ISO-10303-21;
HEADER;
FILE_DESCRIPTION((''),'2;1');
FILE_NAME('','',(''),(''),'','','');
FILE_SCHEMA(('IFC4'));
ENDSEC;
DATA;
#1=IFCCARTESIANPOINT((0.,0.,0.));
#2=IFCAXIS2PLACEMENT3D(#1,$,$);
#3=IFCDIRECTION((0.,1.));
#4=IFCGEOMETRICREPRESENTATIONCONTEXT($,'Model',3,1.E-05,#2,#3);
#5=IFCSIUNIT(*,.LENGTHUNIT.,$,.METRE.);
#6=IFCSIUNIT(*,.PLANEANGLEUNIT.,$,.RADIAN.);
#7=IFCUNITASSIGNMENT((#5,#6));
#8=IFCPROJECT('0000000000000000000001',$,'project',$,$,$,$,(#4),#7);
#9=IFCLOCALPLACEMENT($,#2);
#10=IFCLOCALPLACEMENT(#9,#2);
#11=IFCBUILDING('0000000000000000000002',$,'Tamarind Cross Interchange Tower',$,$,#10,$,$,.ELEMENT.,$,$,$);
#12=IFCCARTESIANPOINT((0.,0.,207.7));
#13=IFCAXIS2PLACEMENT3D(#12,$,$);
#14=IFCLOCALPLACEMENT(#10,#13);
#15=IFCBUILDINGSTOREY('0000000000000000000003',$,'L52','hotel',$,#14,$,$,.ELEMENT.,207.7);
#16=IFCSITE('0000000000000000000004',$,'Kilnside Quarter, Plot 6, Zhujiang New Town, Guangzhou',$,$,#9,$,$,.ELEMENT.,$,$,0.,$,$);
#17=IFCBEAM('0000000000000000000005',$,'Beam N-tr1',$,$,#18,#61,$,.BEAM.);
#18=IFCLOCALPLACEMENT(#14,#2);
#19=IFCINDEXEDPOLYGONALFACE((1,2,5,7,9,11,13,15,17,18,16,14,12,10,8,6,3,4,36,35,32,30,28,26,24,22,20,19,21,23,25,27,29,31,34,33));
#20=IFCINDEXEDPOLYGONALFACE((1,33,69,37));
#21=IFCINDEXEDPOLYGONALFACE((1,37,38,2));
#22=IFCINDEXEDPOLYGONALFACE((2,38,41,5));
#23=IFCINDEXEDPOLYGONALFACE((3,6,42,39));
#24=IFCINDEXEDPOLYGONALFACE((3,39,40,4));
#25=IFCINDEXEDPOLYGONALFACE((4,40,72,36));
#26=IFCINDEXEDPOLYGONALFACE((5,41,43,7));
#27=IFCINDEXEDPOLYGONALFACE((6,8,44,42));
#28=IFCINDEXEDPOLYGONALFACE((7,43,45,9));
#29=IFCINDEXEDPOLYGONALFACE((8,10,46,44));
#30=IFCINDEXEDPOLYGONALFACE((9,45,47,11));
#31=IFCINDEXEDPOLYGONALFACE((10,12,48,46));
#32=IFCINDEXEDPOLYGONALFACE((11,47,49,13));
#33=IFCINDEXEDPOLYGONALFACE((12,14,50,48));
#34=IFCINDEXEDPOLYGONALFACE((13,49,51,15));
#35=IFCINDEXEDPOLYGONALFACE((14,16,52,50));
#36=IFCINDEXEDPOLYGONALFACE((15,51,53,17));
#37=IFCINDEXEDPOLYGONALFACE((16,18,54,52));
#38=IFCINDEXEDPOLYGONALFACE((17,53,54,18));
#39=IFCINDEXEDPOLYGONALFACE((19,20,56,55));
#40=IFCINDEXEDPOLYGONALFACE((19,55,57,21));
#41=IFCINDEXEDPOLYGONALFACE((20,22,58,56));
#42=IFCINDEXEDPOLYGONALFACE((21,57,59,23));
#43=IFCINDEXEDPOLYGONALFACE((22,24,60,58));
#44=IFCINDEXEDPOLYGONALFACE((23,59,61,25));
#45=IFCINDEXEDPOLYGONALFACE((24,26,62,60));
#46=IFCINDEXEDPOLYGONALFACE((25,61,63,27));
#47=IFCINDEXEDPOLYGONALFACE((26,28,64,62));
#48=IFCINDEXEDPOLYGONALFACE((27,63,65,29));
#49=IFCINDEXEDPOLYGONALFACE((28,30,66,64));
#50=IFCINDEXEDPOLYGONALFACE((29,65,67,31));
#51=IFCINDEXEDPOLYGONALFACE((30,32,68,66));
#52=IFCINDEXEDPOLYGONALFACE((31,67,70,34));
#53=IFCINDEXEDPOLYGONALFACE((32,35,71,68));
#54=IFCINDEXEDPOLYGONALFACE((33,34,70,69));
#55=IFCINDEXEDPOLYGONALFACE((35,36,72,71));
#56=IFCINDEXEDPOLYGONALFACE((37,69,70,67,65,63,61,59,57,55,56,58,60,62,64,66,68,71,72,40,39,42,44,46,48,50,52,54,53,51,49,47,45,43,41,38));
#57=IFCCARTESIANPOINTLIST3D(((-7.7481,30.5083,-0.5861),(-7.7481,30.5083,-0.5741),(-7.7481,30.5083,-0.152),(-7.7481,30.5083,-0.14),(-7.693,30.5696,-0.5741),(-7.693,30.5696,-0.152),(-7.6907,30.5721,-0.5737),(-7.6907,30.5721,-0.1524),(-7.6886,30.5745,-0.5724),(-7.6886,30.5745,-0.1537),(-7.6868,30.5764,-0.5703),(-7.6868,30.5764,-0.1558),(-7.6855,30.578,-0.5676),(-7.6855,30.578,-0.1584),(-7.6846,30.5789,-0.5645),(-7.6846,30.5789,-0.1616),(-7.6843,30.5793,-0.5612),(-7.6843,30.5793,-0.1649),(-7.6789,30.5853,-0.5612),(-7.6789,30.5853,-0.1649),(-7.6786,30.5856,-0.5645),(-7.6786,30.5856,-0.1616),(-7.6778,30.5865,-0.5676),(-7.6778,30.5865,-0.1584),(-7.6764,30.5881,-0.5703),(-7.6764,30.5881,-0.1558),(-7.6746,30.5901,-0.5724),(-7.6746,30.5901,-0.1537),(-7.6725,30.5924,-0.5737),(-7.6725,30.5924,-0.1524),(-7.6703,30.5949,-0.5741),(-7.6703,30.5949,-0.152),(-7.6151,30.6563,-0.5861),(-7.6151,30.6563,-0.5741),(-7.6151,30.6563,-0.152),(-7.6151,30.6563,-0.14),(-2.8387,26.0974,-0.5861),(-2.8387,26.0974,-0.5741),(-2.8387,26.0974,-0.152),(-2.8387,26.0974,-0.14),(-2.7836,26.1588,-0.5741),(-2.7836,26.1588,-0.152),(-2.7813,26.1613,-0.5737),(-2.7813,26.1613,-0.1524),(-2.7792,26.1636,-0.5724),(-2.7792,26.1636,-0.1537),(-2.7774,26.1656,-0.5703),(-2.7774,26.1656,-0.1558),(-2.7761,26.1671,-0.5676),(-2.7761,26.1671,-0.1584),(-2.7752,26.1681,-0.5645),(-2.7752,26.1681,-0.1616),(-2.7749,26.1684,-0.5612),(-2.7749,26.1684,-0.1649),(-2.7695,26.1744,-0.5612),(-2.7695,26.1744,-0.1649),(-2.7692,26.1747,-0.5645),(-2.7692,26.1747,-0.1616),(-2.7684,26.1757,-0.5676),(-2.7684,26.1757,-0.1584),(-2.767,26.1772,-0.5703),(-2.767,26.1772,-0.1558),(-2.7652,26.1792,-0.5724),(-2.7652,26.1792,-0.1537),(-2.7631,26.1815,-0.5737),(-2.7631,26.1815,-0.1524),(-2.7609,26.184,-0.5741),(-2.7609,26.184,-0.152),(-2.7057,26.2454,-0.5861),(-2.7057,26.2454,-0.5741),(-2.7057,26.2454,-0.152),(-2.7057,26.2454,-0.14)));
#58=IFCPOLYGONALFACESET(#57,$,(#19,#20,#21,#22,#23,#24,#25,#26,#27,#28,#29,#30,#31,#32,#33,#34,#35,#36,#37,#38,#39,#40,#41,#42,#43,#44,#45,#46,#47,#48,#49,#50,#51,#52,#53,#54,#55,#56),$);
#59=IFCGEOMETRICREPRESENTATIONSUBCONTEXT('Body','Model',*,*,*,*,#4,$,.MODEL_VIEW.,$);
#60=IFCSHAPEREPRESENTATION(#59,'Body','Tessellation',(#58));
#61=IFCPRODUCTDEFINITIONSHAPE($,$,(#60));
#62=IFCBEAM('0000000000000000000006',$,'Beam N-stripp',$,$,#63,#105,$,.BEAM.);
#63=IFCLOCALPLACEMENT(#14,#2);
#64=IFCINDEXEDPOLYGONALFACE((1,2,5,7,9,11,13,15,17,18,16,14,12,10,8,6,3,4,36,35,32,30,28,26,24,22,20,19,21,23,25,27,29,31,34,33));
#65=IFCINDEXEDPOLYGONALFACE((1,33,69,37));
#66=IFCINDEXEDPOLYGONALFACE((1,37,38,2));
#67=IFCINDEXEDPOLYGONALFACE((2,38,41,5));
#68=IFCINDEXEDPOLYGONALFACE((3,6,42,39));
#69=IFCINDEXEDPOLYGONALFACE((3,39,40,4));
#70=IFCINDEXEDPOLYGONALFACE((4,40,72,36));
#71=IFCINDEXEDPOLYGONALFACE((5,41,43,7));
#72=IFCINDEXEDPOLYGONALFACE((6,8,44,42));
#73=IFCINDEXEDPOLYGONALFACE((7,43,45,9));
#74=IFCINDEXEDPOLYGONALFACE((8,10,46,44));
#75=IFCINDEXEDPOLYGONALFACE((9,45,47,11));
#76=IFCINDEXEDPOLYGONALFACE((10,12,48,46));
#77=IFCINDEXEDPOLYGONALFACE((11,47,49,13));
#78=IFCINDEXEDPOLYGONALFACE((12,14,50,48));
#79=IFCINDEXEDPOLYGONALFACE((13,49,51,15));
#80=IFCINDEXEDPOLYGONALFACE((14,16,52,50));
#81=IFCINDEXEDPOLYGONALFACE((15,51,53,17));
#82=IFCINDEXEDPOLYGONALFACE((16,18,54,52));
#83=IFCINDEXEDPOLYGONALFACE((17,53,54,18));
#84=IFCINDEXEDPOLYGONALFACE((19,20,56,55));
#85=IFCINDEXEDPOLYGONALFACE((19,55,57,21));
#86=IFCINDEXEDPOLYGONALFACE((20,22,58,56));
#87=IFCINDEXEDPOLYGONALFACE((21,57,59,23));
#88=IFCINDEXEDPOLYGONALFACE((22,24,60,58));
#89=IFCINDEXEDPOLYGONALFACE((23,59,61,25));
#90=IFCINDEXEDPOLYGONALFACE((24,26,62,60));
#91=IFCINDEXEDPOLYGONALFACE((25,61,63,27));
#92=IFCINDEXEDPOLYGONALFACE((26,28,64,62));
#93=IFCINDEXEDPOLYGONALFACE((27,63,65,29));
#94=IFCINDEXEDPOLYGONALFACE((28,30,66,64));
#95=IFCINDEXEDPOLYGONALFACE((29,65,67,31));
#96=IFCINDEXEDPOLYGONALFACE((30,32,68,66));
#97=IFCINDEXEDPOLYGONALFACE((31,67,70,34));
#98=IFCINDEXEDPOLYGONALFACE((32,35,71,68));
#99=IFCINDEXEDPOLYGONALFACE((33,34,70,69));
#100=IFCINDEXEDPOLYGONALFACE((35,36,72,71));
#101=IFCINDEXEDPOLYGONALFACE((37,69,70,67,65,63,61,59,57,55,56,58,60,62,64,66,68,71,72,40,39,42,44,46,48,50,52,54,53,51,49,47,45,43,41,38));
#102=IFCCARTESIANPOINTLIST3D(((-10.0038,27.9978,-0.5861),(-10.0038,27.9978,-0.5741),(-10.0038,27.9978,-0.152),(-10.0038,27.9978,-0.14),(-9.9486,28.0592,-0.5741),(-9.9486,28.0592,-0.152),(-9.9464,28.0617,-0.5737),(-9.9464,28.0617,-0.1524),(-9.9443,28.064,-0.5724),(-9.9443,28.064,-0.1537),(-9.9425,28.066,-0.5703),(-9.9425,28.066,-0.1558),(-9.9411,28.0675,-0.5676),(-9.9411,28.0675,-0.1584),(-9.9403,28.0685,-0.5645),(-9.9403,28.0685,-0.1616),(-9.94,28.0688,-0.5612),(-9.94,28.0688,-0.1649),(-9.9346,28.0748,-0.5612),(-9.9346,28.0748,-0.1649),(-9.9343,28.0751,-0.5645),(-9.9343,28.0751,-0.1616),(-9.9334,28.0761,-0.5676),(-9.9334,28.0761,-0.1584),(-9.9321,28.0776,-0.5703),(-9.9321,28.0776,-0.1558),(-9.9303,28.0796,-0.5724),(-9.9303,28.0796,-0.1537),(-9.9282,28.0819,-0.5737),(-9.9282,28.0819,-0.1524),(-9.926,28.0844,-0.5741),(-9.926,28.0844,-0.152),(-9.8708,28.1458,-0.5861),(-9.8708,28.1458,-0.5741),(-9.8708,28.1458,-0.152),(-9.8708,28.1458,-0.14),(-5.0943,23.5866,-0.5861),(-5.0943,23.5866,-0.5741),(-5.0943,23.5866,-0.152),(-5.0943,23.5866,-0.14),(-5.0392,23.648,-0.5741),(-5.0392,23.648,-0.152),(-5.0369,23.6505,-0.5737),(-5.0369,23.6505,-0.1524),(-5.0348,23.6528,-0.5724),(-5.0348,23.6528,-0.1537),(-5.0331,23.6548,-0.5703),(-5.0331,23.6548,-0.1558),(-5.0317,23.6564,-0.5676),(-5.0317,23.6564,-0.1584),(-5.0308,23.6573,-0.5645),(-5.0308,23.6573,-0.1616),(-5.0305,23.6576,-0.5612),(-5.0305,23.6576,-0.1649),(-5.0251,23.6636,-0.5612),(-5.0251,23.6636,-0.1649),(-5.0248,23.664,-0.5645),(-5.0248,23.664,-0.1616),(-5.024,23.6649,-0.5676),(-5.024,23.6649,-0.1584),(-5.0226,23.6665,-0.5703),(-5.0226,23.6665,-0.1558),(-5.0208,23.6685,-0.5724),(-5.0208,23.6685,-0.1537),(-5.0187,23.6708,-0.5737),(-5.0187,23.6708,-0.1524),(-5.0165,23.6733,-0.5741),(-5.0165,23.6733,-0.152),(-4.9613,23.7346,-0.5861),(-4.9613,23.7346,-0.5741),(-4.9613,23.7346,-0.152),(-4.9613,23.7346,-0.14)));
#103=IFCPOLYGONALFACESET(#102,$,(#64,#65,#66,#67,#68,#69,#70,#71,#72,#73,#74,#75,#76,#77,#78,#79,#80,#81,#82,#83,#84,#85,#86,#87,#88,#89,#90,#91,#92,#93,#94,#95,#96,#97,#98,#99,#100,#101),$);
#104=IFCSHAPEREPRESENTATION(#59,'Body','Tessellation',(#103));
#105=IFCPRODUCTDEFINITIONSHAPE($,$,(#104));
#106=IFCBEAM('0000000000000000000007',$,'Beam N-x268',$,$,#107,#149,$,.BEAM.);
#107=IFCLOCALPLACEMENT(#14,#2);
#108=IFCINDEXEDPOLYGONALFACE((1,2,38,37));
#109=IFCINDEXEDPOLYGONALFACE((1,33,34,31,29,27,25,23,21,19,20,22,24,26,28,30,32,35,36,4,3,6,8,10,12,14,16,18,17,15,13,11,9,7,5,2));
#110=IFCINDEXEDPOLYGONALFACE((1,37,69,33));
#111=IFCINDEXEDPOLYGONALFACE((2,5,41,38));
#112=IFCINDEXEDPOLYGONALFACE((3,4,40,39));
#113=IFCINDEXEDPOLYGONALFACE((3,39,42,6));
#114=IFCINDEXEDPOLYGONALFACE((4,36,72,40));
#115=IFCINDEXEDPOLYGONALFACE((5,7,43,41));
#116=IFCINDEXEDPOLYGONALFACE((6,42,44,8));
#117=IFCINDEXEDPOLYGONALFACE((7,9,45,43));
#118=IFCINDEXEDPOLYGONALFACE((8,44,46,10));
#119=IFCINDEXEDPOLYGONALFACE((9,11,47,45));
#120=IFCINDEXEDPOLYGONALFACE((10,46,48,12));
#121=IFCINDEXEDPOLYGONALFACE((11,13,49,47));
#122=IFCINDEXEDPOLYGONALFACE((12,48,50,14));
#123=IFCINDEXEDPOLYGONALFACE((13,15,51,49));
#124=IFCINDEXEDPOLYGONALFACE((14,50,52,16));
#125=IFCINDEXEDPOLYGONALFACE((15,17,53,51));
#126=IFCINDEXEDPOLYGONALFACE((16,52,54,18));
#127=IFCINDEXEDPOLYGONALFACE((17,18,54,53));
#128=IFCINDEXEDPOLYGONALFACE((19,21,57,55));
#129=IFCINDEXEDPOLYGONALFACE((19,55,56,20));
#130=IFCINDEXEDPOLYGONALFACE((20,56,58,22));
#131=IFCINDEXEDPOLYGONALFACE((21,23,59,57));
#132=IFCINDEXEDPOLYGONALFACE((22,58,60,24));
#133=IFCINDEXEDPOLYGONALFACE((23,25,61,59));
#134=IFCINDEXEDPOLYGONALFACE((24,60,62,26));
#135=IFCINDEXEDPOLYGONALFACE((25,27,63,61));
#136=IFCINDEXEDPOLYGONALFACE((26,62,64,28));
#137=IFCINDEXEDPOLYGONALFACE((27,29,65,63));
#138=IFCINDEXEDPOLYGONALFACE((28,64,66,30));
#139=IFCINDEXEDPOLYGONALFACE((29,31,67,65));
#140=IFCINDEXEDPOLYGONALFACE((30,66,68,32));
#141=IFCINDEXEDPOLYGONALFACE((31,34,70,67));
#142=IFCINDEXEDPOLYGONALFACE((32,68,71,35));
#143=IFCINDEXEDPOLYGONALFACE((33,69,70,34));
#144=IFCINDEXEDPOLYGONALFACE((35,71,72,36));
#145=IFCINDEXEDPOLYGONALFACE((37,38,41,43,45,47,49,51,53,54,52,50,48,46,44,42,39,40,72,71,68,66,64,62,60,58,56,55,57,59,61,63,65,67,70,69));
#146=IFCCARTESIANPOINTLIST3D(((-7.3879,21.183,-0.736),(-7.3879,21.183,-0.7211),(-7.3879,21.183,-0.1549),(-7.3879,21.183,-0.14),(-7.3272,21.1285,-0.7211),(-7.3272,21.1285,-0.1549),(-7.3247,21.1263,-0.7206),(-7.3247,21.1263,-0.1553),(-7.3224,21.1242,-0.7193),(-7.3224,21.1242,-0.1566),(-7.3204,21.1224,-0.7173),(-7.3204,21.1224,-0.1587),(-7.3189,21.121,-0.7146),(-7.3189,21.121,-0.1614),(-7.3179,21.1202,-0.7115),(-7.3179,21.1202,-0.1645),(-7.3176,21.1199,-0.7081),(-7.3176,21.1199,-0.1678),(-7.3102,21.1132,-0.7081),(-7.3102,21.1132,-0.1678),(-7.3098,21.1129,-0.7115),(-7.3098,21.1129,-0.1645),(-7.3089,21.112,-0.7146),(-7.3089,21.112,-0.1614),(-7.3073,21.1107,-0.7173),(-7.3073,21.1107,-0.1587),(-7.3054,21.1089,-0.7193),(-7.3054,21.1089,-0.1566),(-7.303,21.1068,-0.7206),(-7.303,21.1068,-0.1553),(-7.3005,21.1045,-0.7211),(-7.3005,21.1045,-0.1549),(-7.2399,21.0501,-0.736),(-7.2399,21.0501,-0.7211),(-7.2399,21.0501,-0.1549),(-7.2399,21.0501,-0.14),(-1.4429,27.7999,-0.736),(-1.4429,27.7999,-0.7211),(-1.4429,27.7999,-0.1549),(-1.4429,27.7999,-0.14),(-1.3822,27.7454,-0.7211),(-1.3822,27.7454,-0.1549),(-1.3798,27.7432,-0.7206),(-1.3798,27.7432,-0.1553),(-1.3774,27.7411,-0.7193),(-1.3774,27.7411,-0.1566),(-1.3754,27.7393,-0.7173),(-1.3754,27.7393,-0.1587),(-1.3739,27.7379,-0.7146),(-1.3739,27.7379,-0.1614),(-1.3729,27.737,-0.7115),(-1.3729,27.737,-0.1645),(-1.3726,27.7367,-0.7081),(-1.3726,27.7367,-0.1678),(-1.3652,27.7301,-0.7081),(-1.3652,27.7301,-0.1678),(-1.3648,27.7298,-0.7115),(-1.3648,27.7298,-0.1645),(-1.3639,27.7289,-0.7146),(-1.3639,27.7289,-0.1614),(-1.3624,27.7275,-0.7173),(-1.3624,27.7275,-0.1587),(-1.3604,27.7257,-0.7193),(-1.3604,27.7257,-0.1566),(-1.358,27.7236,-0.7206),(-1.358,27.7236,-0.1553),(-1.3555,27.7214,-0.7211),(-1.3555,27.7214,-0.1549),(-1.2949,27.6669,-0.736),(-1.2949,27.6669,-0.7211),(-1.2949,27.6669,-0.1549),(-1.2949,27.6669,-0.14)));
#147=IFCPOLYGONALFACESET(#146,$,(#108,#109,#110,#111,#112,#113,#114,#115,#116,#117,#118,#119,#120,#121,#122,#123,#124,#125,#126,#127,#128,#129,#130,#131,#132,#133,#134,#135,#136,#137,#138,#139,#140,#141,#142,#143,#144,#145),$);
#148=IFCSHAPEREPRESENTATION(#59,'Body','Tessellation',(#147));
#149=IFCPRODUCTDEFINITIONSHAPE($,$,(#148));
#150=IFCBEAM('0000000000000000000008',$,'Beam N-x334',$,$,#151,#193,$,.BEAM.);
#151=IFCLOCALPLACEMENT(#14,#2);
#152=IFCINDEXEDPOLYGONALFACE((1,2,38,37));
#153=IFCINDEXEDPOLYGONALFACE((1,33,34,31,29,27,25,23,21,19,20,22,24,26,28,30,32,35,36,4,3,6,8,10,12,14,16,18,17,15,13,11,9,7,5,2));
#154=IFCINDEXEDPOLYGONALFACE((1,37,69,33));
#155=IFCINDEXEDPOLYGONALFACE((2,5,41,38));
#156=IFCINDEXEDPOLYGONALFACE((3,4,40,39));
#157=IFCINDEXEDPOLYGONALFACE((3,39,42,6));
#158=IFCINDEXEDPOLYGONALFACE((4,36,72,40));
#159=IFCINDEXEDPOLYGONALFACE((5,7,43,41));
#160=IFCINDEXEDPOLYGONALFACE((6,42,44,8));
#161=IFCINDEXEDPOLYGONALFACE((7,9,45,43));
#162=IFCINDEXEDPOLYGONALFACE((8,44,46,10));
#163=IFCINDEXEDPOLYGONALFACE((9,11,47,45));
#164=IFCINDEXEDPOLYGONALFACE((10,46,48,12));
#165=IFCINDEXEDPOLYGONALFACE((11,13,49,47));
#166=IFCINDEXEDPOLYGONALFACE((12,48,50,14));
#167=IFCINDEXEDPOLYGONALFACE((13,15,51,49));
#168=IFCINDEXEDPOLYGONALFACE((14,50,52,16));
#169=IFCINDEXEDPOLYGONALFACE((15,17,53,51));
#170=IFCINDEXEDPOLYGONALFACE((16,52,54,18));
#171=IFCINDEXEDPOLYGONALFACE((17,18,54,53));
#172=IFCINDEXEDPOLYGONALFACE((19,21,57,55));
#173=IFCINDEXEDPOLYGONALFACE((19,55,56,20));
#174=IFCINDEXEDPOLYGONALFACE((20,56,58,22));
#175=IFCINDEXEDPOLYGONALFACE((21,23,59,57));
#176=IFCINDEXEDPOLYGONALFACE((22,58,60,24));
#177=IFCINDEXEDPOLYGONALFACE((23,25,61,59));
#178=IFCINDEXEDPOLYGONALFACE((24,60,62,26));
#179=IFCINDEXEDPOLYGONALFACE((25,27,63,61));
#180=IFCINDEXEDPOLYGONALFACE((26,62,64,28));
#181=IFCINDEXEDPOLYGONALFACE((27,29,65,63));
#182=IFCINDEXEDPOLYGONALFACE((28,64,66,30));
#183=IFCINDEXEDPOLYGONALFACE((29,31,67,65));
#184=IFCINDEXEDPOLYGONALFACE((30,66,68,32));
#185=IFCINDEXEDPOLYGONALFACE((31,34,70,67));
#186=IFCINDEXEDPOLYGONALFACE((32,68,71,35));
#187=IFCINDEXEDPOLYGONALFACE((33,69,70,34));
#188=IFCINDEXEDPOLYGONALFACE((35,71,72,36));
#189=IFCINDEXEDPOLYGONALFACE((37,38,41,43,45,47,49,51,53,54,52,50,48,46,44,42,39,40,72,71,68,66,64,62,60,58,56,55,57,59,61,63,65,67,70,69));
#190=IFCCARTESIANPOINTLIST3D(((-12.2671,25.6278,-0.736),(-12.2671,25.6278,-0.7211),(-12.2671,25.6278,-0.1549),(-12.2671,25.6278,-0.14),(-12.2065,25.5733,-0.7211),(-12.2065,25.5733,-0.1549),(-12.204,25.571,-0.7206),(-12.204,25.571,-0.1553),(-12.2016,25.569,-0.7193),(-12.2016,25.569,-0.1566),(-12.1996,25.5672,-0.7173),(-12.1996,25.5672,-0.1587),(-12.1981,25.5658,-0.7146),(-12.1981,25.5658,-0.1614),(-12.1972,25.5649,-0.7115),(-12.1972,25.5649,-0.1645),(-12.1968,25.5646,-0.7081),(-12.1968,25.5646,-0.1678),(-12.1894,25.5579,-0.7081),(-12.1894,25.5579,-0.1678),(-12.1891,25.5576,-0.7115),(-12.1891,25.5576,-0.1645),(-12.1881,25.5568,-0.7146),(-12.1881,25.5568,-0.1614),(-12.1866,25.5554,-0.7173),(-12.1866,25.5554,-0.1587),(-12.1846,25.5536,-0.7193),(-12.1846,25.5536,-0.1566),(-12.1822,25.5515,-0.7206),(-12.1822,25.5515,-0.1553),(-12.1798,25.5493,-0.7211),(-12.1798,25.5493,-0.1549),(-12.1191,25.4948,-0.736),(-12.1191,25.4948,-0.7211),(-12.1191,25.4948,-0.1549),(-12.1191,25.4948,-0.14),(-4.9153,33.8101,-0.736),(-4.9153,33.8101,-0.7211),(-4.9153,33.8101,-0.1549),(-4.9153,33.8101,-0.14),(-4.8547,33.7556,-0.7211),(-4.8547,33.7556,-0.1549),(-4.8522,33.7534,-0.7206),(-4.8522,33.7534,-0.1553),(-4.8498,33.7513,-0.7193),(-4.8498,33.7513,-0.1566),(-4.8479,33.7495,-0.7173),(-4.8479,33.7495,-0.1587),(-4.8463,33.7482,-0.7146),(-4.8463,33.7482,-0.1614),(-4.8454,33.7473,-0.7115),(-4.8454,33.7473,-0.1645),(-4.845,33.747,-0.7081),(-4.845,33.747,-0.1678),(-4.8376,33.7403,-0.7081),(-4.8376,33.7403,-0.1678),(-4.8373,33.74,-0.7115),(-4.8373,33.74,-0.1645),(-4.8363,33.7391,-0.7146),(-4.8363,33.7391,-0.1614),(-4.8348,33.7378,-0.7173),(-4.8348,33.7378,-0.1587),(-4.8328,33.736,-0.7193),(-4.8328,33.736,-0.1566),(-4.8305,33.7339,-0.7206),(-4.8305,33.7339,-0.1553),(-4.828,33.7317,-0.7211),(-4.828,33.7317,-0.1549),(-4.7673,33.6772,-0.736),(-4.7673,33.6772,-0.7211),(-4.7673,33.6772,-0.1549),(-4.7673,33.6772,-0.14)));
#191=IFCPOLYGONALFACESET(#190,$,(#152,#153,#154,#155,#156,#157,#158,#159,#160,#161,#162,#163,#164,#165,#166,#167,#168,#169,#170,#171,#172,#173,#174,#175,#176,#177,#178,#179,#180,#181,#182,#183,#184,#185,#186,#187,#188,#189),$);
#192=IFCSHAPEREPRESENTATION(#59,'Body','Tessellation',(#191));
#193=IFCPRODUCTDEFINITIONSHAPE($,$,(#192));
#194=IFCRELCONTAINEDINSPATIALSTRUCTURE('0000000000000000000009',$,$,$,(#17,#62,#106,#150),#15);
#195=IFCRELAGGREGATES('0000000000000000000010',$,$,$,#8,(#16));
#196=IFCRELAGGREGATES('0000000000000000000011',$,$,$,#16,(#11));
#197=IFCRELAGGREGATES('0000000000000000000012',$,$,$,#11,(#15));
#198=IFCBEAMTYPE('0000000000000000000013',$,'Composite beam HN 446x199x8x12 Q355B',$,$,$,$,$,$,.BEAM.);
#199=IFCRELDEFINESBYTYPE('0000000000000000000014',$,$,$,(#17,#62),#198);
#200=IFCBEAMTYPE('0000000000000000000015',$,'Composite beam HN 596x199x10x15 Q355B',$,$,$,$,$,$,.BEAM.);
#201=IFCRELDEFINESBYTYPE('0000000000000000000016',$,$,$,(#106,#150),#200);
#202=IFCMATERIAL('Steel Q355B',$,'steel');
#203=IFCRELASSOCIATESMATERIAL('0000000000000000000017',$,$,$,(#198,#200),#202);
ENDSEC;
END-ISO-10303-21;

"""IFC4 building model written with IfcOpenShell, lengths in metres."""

from ifc_helpers import new_model, si_unit, direction, frame, origin, origin_2d, place, context, subcontext, project, spatial, i_section, extrude, material, material_profile, profile_set, type_object, element, save


model = new_model("IFC4")

# Units and contexts
model_context = context("Model", 3, precision=1e-05, world=origin(), true_north=direction((0.0, 1.0)))
body_context = subcontext(model_context, "Body", "Model", "MODEL_VIEW")
ifc_project = project(units=[si_unit("LENGTHUNIT", "METRE"), si_unit("PLANEANGLEUNIT", "RADIAN")], contexts=[model_context])

# Site, building, storey
site_placement = place(None, origin())
site = spatial("IfcSite", under=ifc_project, at=site_placement, Name="Kilnside Quarter, Plot 6, Zhujiang New Town, Guangzhou", CompositionType="ELEMENT", RefElevation=0.0)
building_placement = place(site_placement, origin())
building = spatial("IfcBuilding", under=site, at=building_placement, Name="Tamarind Cross Interchange Tower", CompositionType="ELEMENT")
storey_placement = place(building_placement, frame((0.0, 0.0, 207.7)))
storey = spatial("IfcBuildingStorey", under=building, at=storey_placement, Name="L52", Description="hotel", CompositionType="ELEMENT", Elevation=207.7)

# Beams
ifc_material_1 = material(Name="Steel Q355B", Category="steel")
ifc_material_profile_1 = material_profile(ifc_material_1, i_section(OverallWidth=0.199, OverallDepth=0.446, WebThickness=0.0081, FlangeThickness=0.012, FilletRadius=0.0129, at=origin_2d()), Name="HN 446x199x8x12")
ifc_profile_set_1 = profile_set([ifc_material_profile_1], Name="Steel Q355B")
beam_type_1 = type_object("IfcBeamType", Name="Composite beam HN 446x199x8x12 Q355B", PredefinedType="BEAM", material=ifc_profile_set_1)
beam_1_placement = place(storey_placement, frame((-2.7722, 26.1714, -0.363), z_axis=(-0.743866, 0.668329, 0.0), x_axis=(-0.668329, -0.743866, 0.0)))
element("IfcBeam", 1, at=beam_1_placement, inside=storey, type_object=beam_type_1, Name="Beam N-tr1", PredefinedType="BEAM", context=body_context, shape_type="SweptSolid", body=[
    extrude(i_section(OverallWidth=0.199, OverallDepth=0.446, WebThickness=0.0081, FlangeThickness=0.012, FilletRadius=0.0129, at=origin_2d()), origin(), (0.0, 0.0, 1.0), 6.5999),
])
beam_2_placement = place(storey_placement, frame((-5.0278, 23.6606, -0.363), z_axis=(-0.743848, 0.668349, 0.0), x_axis=(-0.668349, -0.743848, 0.0)))
element("IfcBeam", 2, at=beam_2_placement, inside=storey, type_object=beam_type_1, Name="Beam N-stripp", PredefinedType="BEAM", context=body_context, shape_type="SweptSolid", body=[
    extrude(i_section(OverallWidth=0.199, OverallDepth=0.446, WebThickness=0.0081, FlangeThickness=0.012, FilletRadius=0.0129, at=origin_2d()), origin(), (0.0, 0.0, 1.0), 6.6001),
])
ifc_material_profile_2 = material_profile(ifc_material_1, i_section(OverallWidth=0.199, OverallDepth=0.5959, WebThickness=0.01, FlangeThickness=0.0149, FilletRadius=0.0129, at=origin_2d()), Name="HN 596x199x10x15")
ifc_profile_set_2 = profile_set([ifc_material_profile_2], Name="Steel Q355B")
beam_type_2 = type_object("IfcBeamType", Name="Composite beam HN 596x199x10x15 Q355B", PredefinedType="BEAM", material=ifc_profile_set_2)
beam_3_placement = place(storey_placement, frame((-1.3689, 27.7334, -0.438), z_axis=(-0.668332, -0.743863, 0.0), x_axis=(0.743863, -0.668332, 0.0)))
element("IfcBeam", 3, at=beam_3_placement, inside=storey, type_object=beam_type_2, Name="Beam N-x268", PredefinedType="BEAM", context=body_context, shape_type="SweptSolid", body=[
    extrude(i_section(OverallWidth=0.199, OverallDepth=0.5959, WebThickness=0.01, FlangeThickness=0.0149, FilletRadius=0.0129, at=origin_2d()), origin(), (0.0, 0.0, 1.0), 8.8953),
])
for number, where, z_axis, x_axis, name in (
    (4, (-4.8413, 33.7437, -0.438), (-0.668345, -0.743851, 0.0), (0.743851, -0.668345, 0.0), "Beam N-x334"),
):
    element("IfcBeam", number, at=place(storey_placement, frame(where, z_axis=z_axis, x_axis=x_axis)), inside=storey, type_object=beam_type_2, Name=name, PredefinedType="BEAM", context=body_context, shape_type="SweptSolid", body=[
        extrude(i_section(OverallWidth=0.199, OverallDepth=0.5959, WebThickness=0.01, FlangeThickness=0.0149, FilletRadius=0.0129, at=origin_2d()), origin(), (0.0, 0.0, 1.0), 11.0),
    ])

save(model, "model.ifc")
